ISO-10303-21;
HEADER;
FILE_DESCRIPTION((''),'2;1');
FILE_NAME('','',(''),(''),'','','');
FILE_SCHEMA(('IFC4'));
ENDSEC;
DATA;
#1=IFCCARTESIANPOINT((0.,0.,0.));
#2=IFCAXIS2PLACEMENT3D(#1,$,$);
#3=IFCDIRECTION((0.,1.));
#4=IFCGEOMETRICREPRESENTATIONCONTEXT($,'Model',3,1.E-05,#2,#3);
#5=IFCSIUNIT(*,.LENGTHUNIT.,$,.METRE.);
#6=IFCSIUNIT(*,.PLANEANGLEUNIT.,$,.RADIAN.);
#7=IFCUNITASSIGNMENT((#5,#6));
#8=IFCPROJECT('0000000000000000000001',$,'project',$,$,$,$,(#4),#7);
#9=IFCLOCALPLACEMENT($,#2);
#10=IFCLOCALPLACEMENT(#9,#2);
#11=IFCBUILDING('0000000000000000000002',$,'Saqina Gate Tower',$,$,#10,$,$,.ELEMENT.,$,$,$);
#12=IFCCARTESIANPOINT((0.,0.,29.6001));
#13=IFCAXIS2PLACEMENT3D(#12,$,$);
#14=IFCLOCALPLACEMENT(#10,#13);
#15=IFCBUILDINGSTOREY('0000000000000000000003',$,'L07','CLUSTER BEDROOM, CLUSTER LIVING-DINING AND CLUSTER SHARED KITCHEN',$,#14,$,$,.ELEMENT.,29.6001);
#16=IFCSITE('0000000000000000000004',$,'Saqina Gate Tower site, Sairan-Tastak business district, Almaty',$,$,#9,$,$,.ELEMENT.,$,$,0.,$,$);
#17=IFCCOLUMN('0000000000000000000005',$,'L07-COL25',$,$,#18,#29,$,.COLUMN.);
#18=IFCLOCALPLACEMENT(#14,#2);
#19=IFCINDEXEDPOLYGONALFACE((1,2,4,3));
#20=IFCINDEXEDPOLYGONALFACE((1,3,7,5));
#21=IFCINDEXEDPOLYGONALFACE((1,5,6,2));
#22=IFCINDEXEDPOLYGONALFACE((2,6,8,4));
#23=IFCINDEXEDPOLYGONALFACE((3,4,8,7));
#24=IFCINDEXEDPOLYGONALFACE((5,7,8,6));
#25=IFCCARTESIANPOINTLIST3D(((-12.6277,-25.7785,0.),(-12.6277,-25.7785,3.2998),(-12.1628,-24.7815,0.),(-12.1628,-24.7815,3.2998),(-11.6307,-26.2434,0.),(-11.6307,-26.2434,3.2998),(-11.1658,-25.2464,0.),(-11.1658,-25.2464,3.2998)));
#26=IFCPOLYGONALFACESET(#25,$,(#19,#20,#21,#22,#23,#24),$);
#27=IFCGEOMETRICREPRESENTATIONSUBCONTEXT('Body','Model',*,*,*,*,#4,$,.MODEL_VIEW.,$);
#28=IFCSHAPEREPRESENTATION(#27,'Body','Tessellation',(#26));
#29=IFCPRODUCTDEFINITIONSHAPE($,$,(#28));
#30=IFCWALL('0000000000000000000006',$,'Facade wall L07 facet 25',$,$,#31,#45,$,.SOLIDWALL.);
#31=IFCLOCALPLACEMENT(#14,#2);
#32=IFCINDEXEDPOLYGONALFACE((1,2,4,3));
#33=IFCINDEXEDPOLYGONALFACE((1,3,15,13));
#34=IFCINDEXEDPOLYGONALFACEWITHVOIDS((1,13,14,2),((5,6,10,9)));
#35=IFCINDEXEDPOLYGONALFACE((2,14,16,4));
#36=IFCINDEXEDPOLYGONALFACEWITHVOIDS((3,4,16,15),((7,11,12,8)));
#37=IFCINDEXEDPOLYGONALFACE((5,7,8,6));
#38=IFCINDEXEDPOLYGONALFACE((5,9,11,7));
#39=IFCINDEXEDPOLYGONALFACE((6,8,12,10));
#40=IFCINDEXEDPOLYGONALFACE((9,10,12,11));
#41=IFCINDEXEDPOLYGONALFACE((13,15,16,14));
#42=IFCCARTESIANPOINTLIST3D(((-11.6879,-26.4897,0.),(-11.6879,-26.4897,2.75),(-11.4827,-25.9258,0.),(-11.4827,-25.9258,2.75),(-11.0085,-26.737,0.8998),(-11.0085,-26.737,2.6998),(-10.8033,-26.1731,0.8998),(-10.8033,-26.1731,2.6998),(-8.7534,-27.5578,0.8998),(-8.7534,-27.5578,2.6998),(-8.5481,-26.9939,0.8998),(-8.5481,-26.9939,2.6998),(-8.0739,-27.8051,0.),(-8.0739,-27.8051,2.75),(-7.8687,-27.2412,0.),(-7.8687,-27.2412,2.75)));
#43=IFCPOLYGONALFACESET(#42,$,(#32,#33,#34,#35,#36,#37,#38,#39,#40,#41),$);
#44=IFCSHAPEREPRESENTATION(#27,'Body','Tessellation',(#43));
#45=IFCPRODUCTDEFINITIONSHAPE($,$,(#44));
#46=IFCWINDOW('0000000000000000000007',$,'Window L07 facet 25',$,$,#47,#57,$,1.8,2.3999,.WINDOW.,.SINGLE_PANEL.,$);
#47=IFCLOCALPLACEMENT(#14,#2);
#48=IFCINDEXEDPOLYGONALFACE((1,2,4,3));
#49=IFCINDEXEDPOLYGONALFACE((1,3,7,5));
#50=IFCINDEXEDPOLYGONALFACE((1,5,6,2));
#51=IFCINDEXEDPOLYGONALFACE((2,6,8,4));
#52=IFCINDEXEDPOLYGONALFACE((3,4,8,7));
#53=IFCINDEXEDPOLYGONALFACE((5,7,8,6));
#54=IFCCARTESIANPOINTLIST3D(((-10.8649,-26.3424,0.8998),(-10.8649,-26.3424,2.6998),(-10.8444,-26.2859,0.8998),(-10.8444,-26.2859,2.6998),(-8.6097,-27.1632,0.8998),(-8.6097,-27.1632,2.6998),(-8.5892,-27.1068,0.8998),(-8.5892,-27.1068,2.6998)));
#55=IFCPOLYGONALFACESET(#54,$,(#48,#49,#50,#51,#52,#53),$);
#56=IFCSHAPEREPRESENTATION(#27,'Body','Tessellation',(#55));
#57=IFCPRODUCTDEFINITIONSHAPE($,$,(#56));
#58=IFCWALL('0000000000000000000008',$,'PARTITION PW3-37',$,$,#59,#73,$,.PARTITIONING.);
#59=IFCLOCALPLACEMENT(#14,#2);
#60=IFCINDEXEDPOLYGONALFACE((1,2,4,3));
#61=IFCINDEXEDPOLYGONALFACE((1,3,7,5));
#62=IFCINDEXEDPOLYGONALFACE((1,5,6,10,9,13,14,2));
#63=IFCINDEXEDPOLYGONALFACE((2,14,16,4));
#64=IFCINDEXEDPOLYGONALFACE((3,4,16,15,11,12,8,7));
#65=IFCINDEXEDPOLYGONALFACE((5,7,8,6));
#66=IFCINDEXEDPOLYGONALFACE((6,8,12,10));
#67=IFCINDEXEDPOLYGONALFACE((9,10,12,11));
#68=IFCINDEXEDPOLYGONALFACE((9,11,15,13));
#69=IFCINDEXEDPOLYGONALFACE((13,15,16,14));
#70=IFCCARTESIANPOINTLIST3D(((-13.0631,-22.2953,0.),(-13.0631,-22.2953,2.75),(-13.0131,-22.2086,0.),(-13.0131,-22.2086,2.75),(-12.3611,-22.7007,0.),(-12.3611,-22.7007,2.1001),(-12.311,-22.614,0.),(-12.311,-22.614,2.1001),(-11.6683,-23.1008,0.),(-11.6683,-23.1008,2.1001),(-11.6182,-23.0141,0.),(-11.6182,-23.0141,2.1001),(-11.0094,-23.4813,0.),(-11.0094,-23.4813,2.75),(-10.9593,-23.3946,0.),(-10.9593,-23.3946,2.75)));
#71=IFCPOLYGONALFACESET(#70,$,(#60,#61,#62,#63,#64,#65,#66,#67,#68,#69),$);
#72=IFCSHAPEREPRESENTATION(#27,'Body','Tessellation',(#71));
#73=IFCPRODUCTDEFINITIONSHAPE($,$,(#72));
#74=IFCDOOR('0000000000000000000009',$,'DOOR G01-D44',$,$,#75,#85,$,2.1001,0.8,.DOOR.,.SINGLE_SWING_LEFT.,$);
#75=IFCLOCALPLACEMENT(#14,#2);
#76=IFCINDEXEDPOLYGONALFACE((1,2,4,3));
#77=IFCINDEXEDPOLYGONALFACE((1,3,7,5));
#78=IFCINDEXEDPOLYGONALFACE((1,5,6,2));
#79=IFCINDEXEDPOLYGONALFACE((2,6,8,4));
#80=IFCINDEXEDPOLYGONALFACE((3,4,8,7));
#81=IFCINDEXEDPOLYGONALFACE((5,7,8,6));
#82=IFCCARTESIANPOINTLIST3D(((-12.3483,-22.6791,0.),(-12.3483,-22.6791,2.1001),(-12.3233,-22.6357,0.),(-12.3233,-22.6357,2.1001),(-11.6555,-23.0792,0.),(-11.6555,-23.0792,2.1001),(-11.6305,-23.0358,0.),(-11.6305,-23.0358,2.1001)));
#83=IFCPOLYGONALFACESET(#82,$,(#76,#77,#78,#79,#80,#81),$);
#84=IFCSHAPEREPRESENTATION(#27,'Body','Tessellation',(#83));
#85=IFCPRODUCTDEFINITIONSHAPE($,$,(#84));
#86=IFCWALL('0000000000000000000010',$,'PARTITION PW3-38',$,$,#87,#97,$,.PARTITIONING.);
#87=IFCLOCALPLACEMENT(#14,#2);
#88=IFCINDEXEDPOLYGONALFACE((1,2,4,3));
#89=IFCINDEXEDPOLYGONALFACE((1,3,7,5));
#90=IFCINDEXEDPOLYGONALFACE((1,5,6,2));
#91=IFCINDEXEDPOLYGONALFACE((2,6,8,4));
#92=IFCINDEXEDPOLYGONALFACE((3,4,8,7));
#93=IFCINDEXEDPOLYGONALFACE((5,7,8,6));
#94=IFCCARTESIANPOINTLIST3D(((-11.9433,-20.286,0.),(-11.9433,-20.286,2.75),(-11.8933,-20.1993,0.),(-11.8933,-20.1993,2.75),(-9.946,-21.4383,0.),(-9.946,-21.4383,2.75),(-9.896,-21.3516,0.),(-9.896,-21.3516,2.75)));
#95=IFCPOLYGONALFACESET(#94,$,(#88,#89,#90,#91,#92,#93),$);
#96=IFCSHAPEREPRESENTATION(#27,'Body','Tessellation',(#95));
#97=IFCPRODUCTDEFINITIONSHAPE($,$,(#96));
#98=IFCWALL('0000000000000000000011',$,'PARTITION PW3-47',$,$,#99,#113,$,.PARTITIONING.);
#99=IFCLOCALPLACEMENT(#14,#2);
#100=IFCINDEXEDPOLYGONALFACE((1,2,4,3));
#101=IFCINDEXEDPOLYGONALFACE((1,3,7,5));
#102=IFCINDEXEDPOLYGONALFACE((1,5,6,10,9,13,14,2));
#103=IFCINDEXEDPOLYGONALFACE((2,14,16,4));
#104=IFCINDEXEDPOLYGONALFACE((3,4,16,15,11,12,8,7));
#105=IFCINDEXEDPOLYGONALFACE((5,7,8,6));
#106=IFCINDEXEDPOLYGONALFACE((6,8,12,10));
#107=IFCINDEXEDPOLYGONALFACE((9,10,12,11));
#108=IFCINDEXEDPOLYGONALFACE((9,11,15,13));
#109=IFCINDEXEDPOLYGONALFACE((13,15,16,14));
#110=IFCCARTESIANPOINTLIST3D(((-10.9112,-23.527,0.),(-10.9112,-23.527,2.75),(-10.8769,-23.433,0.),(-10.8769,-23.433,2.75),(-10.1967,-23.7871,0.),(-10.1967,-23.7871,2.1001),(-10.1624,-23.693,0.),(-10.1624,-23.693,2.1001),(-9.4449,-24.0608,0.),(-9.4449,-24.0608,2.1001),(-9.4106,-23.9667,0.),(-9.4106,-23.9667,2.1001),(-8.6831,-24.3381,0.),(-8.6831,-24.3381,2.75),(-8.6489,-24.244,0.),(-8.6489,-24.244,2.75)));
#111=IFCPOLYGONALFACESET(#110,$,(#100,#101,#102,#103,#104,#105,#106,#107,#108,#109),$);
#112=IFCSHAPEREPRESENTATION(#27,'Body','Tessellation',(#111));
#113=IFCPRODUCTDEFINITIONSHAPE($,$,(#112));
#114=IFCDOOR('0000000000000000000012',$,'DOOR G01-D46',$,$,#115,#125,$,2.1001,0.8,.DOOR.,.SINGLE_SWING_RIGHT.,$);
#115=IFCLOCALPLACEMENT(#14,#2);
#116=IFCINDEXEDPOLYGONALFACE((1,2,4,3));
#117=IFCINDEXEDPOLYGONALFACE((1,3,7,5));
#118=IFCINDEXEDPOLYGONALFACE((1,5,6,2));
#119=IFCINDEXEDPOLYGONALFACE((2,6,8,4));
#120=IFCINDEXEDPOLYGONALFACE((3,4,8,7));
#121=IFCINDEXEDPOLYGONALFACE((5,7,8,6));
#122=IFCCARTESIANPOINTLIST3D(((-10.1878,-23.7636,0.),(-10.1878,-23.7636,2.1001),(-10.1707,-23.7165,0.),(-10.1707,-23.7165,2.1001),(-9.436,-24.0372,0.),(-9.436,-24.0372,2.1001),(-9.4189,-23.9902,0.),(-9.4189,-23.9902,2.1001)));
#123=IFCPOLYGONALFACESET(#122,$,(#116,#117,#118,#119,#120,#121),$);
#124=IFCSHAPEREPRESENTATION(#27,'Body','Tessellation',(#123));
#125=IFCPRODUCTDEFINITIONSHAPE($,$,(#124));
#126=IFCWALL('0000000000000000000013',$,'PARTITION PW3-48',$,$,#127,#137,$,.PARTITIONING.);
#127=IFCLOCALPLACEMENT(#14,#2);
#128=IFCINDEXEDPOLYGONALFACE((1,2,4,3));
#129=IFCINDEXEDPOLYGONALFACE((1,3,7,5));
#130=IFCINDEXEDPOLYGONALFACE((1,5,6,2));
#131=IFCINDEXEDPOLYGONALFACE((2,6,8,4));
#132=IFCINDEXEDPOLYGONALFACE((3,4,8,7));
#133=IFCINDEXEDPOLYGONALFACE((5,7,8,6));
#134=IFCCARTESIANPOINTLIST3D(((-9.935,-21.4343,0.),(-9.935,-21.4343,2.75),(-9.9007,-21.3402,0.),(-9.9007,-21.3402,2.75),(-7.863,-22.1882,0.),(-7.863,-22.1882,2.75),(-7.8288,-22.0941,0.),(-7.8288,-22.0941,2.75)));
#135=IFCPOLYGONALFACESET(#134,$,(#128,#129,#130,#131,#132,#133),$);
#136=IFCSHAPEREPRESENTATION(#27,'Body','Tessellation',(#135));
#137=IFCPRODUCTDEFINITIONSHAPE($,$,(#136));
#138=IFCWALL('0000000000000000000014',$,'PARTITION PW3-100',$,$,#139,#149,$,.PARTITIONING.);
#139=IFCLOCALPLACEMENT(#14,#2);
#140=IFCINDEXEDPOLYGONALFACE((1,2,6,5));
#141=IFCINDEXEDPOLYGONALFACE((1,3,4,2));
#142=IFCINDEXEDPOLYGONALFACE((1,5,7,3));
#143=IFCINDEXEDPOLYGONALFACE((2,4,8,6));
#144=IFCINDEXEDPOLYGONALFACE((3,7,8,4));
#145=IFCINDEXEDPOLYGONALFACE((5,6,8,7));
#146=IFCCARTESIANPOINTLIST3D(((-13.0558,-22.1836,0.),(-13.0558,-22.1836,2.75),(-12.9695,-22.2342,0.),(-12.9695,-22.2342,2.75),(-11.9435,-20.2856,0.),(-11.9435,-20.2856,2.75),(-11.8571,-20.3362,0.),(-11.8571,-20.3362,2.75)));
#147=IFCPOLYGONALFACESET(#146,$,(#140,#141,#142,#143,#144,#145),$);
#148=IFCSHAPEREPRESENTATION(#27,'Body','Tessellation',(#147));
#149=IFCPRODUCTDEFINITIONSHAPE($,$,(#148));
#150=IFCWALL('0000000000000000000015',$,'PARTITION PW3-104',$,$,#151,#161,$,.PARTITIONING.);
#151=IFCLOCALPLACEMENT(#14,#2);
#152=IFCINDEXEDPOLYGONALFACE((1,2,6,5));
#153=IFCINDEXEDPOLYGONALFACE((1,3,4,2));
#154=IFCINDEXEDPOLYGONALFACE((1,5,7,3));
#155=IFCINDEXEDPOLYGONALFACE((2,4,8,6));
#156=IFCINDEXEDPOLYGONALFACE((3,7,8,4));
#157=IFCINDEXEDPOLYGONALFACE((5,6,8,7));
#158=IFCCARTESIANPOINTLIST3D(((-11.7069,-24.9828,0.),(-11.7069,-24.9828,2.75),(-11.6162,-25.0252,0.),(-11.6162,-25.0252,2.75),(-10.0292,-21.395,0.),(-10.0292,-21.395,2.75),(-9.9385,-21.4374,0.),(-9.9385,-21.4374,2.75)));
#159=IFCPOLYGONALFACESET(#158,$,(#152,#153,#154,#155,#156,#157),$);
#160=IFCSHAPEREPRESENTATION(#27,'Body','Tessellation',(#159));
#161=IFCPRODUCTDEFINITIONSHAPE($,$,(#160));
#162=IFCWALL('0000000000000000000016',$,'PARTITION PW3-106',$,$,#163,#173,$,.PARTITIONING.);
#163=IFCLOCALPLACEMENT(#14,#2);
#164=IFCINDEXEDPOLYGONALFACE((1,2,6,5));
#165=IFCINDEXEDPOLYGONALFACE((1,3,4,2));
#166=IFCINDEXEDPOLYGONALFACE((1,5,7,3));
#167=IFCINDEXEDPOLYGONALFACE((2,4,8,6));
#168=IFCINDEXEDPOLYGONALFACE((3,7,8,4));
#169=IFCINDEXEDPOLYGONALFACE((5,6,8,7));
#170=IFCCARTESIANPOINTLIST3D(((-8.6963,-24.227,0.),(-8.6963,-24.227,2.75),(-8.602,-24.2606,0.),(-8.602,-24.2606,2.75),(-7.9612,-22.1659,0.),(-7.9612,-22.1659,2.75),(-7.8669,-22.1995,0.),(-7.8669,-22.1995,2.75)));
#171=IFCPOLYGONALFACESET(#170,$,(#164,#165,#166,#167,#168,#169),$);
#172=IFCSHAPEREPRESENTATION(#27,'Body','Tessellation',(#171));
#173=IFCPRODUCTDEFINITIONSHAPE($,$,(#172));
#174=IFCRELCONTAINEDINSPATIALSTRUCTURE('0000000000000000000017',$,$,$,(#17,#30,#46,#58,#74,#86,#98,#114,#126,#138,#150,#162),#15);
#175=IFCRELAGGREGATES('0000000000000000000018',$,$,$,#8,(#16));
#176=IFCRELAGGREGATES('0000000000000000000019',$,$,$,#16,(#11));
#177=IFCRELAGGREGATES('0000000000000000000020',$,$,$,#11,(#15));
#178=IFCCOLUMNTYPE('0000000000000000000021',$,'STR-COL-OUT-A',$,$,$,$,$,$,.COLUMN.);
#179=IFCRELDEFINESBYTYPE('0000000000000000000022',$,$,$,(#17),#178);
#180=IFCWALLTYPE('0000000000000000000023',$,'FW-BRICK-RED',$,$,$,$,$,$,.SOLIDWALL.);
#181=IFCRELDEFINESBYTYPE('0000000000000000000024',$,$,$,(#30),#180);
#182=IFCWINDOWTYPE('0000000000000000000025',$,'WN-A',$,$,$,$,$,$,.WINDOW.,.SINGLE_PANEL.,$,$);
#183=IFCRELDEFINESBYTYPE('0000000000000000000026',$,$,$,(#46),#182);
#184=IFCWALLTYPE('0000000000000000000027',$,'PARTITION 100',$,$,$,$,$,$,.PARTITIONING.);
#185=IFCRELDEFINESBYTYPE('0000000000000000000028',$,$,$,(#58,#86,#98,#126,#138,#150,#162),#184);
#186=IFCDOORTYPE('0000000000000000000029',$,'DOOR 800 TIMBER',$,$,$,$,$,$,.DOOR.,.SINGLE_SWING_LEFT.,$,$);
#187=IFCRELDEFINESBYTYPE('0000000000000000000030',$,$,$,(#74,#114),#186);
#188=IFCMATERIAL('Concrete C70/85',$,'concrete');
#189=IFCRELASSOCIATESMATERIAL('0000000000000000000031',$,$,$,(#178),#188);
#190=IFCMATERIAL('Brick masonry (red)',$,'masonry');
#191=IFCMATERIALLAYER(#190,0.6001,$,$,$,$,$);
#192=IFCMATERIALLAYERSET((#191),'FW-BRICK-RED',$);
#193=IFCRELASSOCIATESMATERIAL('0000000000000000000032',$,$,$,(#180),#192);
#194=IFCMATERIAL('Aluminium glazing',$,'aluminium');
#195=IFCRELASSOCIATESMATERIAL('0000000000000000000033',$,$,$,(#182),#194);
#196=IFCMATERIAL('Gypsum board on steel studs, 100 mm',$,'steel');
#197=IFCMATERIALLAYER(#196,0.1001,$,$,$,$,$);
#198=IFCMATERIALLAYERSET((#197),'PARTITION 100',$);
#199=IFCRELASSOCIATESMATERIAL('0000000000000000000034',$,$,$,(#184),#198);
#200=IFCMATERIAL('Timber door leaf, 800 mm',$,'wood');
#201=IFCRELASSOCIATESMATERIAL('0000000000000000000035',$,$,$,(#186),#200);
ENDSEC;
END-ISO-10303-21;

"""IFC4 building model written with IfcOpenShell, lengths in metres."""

from ifc_helpers import new_model, si_unit, direction, frame, frame_2d, origin, origin_2d, place, context, subcontext, project, spatial, rectangle, extrude, material, layer, layer_set, material_profile, profile_set, type_object, element, fill, save


model = new_model("IFC4")

# Units and contexts
model_context = context("Model", 3, precision=1e-05, world=origin(), true_north=direction((0.0, 1.0)))
body_context = subcontext(model_context, "Body", "Model", "MODEL_VIEW")
ifc_project = project(units=[si_unit("LENGTHUNIT", "METRE"), si_unit("PLANEANGLEUNIT", "RADIAN")], contexts=[model_context])

# Site, building, storey
site_placement = place(None, origin())
site = spatial("IfcSite", under=ifc_project, at=site_placement, Name="Saqina Gate Tower site, Sairan-Tastak business district, Almaty", CompositionType="ELEMENT", RefElevation=0.0)
building_placement = place(site_placement, origin())
building = spatial("IfcBuilding", under=site, at=building_placement, Name="Saqina Gate Tower", CompositionType="ELEMENT")
storey_placement = place(building_placement, frame((0.0, 0.0, 29.6001)))
storey = spatial("IfcBuildingStorey", under=building, at=storey_placement, Name="L07", Description="CLUSTER BEDROOM, CLUSTER LIVING-DINING AND CLUSTER SHARED KITCHEN", CompositionType="ELEMENT", Elevation=29.6001)

# Column
ifc_material_1 = material(Name="Concrete C70/85", Category="concrete")
ifc_material_profile = material_profile(ifc_material_1, rectangle(XDim=1.1001, YDim=1.1001, at=origin_2d()), Name="RC 1100x1100")
ifc_profile_set = profile_set([ifc_material_profile], Name="Concrete C70/85")
column_type = type_object("IfcColumnType", Name="STR-COL-OUT-A", PredefinedType="COLUMN", material=ifc_profile_set)
column_placement = place(storey_placement, frame((-11.8967, -25.5125, 0.0), z_axis=(0.0, 0.0, 1.0), x_axis=(-0.422618, -0.906308, 0.0)))
element("IfcColumn", 1, at=column_placement, inside=storey, type_object=column_type, Name="L07-COL25", PredefinedType="COLUMN", context=body_context, shape_type="SweptSolid", body=[
    extrude(rectangle(XDim=1.1001, YDim=1.1001, at=origin_2d()), origin(), (0.0, 0.0, 1.0), 3.2998),
])

# Wall, opening, window
ifc_material_2 = material(Name="Brick masonry (red)", Category="masonry")
ifc_layer_1 = layer(ifc_material_2, 0.6001)
ifc_layer_set_1 = layer_set([ifc_layer_1], Name="FW-BRICK-RED")
wall_type_1 = type_object("IfcWallType", Name="FW-BRICK-RED", PredefinedType="SOLIDWALL", material=ifc_layer_set_1)
wall_1_placement = place(storey_placement, frame((-11.5852, -26.2078, 0.0), z_axis=(0.0, 0.0, 1.0), x_axis=(0.93969, -0.342028, 0.0)))
wall_1 = element("IfcWall", 2, at=wall_1_placement, inside=storey, type_object=wall_type_1, Name="Facade wall L07 facet 25", PredefinedType="SOLIDWALL", context=body_context, shape_type="SweptSolid", body=[
    extrude(rectangle(XDim=3.8459, YDim=0.6001, at=frame_2d((1.9229, 0.0))), origin(), (0.0, 0.0, 1.0), 2.75),
])
opening_1_placement = place(wall_1_placement, frame((0.7229, 0.0, 0.8999)))
opening_1 = element("IfcOpeningElement", 3, at=opening_1_placement, cuts=wall_1, PredefinedType="OPENING", context=body_context, shape_type="SweptSolid", body=[
    extrude(rectangle(XDim=2.3999, YDim=1.8, at=frame_2d((1.2, 0.8999))), frame((0.0, 0.312, 0.0), z_axis=(0.0, -1.0, 0.0), x_axis=(1.0, 0.0, 0.0)), (0.0, 0.0, 1.0), 0.624),
])
ifc_material_3 = material(Name="Aluminium glazing", Category="aluminium")
window_type = type_object("IfcWindowType", Name="WN-A", PartitioningType="SINGLE_PANEL", PredefinedType="WINDOW", material=ifc_material_3)
window_placement = place(opening_1_placement, origin())
window = element("IfcWindow", 4, at=window_placement, inside=storey, type_object=window_type, Name="Window L07 facet 25", OverallHeight=1.8, OverallWidth=2.3999, PartitioningType="SINGLE_PANEL", PredefinedType="WINDOW", context=body_context, shape_type="SweptSolid", body=[
    extrude(rectangle(XDim=2.3999, YDim=1.8, at=frame_2d((1.2, 0.8999))), frame((0.0, 0.1799, 0.0), z_axis=(0.0, -1.0, 0.0), x_axis=(1.0, 0.0, 0.0)), (0.0, 0.0, 1.0), 0.0601),
])
fill(opening_1, window)

# Wall, opening, door
ifc_material_4 = material(Name="Gypsum board on steel studs, 100 mm", Category="steel")
ifc_layer_2 = layer(ifc_material_4, 0.1001)
ifc_layer_set_2 = layer_set([ifc_layer_2], Name="PARTITION 100")
wall_type_2 = type_object("IfcWallType", Name="PARTITION 100", PredefinedType="PARTITIONING", material=ifc_layer_set_2)
wall_2_placement = place(storey_placement, frame((-13.0381, -22.252, 0.0), z_axis=(0.0, 0.0, 1.0), x_axis=(0.865966, -0.500103, 0.0)))
wall_2 = element("IfcWall", 5, at=wall_2_placement, inside=storey, type_object=wall_type_2, Name="PARTITION PW3-37", PredefinedType="PARTITIONING", context=body_context, shape_type="SweptSolid", body=[
    extrude(rectangle(XDim=2.3716, YDim=0.1001, at=frame_2d((1.1858, 0.0))), origin(), (0.0, 0.0, 1.0), 2.75),
])
opening_2_placement = place(wall_2_placement, frame((0.8108, 0.0, 0.0)))
opening_2 = element("IfcOpeningElement", 6, at=opening_2_placement, cuts=wall_2, PredefinedType="OPENING", context=body_context, shape_type="SweptSolid", body=[
    extrude(rectangle(XDim=0.8, YDim=2.1001, at=frame_2d((0.3999, 1.05))), frame((0.0, 0.062, 0.0), z_axis=(0.0, -1.0, 0.0), x_axis=(1.0, 0.0, 0.0)), (0.0, 0.0, 1.0), 0.124),
])
ifc_material_5 = material(Name="Timber door leaf, 800 mm", Category="wood")
door_type_1 = type_object("IfcDoorType", Name="DOOR 800 TIMBER", OperationType="SINGLE_SWING_LEFT", PredefinedType="DOOR", material=ifc_material_5)
door_1_placement = place(opening_2_placement, frame((0.8, 0.0, 0.0), z_axis=(0.0, 0.0, 1.0), x_axis=(-1.0, 0.0, 0.0)))
door_1 = element("IfcDoor", 7, at=door_1_placement, inside=storey, type_object=door_type_1, Name="DOOR G01-D44", OperationType="SINGLE_SWING_LEFT", OverallHeight=2.1001, OverallWidth=0.8, PredefinedType="DOOR", context=body_context, shape_type="SweptSolid", body=[
    extrude(rectangle(XDim=0.8, YDim=2.1001, at=frame_2d((0.3999, 1.05))), frame((0.0, 0.0249, 0.0), z_axis=(0.0, -1.0, 0.0), x_axis=(1.0, 0.0, 0.0)), (0.0, 0.0, 1.0), 0.05),
])
fill(opening_2, door_1)

# Wall
wall_3_placement = place(storey_placement, frame((-11.9182, -20.2427, 0.0), z_axis=(0.0, 0.0, 1.0), x_axis=(0.866177, -0.499738, 0.0)))
element("IfcWall", 8, at=wall_3_placement, inside=storey, type_object=wall_type_2, Name="PARTITION PW3-38", PredefinedType="PARTITIONING", context=body_context, shape_type="SweptSolid", body=[
    extrude(rectangle(XDim=2.3059, YDim=0.1001, at=frame_2d((1.1528, 0.0))), origin(), (0.0, 0.0, 1.0), 2.75),
])

# Wall, opening, door
wall_4_placement = place(storey_placement, frame((-10.894, -23.48, 0.0), z_axis=(0.0, 0.0, 1.0), x_axis=(0.939679, -0.342057, 0.0)))
wall_4 = element("IfcWall", 9, at=wall_4_placement, inside=storey, type_object=wall_type_2, Name="PARTITION PW3-47", PredefinedType="PARTITIONING", context=body_context, shape_type="SweptSolid", body=[
    extrude(rectangle(XDim=2.3711, YDim=0.1001, at=frame_2d((1.1855, 0.0))), origin(), (0.0, 0.0, 1.0), 2.75),
])
opening_3_placement = place(wall_4_placement, frame((0.7605, 0.0, 0.0)))
opening_3 = element("IfcOpeningElement", 10, at=opening_3_placement, cuts=wall_4, PredefinedType="OPENING", context=body_context, shape_type="SweptSolid", body=[
    extrude(rectangle(XDim=0.8, YDim=2.1001, at=frame_2d((0.3999, 1.05))), frame((0.0, 0.062, 0.0), z_axis=(0.0, -1.0, 0.0), x_axis=(1.0, 0.0, 0.0)), (0.0, 0.0, 1.0), 0.124),
])
door_2_placement = place(opening_3_placement, frame((0.8, 0.0, 0.0), z_axis=(0.0, 0.0, 1.0), x_axis=(-1.0, 0.0, 0.0)))
door_2 = element("IfcDoor", 11, at=door_2_placement, inside=storey, type_object=door_type_1, Name="DOOR G01-D46", OperationType="SINGLE_SWING_RIGHT", OverallHeight=2.1001, OverallWidth=0.8, PredefinedType="DOOR", context=body_context, shape_type="SweptSolid", body=[
    extrude(rectangle(XDim=0.8, YDim=2.1001, at=frame_2d((0.3999, 1.05))), frame((0.0, 0.0249, 0.0), z_axis=(0.0, -1.0, 0.0), x_axis=(1.0, 0.0, 0.0)), (0.0, 0.0, 1.0), 0.05),
])
fill(opening_3, door_2)

# Walls
wall_5_placement = place(storey_placement, frame((-9.918, -21.3872, 0.0), z_axis=(0.0, 0.0, 1.0), x_axis=(0.939729, -0.341921, 0.0)))
element("IfcWall", 12, at=wall_5_placement, inside=storey, type_object=wall_type_2, Name="PARTITION PW3-48", PredefinedType="PARTITIONING", context=body_context, shape_type="SweptSolid", body=[
    extrude(rectangle(XDim=2.2048, YDim=0.1001, at=frame_2d((1.1025, 0.0))), origin(), (0.0, 0.0, 1.0), 2.75),
])
wall_6_placement = place(storey_placement, frame((-13.0127, -22.209, 0.0), z_axis=(0.0, 0.0, 1.0), x_axis=(0.505623, 0.862755, 0.0)))
element("IfcWall", 13, at=wall_6_placement, inside=storey, type_object=wall_type_2, Name="PARTITION PW3-100", PredefinedType="PARTITIONING", context=body_context, shape_type="SweptSolid", body=[
    extrude(rectangle(XDim=2.2, YDim=0.1001, at=frame_2d((1.1001, 0.0))), origin(), (0.0, 0.0, 1.0), 2.75),
])
wall_7_placement = place(storey_placement, frame((-11.6616, -25.0042, 0.0), z_axis=(0.0, 0.0, 1.0), x_axis=(0.423587, 0.905855, 0.0)))
element("IfcWall", 14, at=wall_7_placement, inside=storey, type_object=wall_type_2, Name="PARTITION PW3-104", PredefinedType="PARTITIONING", context=body_context, shape_type="SweptSolid", body=[
    extrude(rectangle(XDim=3.9607, YDim=0.1001, at=frame_2d((1.9805, 0.0))), origin(), (0.0, 0.0, 1.0), 2.75),
])
wall_8_placement = place(storey_placement, frame((-8.6492, -24.2439, 0.0), z_axis=(0.0, 0.0, 1.0), x_axis=(0.335941, 0.941883, 0.0)))
element("IfcWall", 15, at=wall_8_placement, inside=storey, type_object=wall_type_2, Name="PARTITION PW3-106", PredefinedType="PARTITIONING", context=body_context, shape_type="SweptSolid", body=[
    extrude(rectangle(XDim=2.1882, YDim=0.1001, at=frame_2d((1.0942, 0.0))), origin(), (0.0, 0.0, 1.0), 2.75),
])

save(model, "model.ifc")
